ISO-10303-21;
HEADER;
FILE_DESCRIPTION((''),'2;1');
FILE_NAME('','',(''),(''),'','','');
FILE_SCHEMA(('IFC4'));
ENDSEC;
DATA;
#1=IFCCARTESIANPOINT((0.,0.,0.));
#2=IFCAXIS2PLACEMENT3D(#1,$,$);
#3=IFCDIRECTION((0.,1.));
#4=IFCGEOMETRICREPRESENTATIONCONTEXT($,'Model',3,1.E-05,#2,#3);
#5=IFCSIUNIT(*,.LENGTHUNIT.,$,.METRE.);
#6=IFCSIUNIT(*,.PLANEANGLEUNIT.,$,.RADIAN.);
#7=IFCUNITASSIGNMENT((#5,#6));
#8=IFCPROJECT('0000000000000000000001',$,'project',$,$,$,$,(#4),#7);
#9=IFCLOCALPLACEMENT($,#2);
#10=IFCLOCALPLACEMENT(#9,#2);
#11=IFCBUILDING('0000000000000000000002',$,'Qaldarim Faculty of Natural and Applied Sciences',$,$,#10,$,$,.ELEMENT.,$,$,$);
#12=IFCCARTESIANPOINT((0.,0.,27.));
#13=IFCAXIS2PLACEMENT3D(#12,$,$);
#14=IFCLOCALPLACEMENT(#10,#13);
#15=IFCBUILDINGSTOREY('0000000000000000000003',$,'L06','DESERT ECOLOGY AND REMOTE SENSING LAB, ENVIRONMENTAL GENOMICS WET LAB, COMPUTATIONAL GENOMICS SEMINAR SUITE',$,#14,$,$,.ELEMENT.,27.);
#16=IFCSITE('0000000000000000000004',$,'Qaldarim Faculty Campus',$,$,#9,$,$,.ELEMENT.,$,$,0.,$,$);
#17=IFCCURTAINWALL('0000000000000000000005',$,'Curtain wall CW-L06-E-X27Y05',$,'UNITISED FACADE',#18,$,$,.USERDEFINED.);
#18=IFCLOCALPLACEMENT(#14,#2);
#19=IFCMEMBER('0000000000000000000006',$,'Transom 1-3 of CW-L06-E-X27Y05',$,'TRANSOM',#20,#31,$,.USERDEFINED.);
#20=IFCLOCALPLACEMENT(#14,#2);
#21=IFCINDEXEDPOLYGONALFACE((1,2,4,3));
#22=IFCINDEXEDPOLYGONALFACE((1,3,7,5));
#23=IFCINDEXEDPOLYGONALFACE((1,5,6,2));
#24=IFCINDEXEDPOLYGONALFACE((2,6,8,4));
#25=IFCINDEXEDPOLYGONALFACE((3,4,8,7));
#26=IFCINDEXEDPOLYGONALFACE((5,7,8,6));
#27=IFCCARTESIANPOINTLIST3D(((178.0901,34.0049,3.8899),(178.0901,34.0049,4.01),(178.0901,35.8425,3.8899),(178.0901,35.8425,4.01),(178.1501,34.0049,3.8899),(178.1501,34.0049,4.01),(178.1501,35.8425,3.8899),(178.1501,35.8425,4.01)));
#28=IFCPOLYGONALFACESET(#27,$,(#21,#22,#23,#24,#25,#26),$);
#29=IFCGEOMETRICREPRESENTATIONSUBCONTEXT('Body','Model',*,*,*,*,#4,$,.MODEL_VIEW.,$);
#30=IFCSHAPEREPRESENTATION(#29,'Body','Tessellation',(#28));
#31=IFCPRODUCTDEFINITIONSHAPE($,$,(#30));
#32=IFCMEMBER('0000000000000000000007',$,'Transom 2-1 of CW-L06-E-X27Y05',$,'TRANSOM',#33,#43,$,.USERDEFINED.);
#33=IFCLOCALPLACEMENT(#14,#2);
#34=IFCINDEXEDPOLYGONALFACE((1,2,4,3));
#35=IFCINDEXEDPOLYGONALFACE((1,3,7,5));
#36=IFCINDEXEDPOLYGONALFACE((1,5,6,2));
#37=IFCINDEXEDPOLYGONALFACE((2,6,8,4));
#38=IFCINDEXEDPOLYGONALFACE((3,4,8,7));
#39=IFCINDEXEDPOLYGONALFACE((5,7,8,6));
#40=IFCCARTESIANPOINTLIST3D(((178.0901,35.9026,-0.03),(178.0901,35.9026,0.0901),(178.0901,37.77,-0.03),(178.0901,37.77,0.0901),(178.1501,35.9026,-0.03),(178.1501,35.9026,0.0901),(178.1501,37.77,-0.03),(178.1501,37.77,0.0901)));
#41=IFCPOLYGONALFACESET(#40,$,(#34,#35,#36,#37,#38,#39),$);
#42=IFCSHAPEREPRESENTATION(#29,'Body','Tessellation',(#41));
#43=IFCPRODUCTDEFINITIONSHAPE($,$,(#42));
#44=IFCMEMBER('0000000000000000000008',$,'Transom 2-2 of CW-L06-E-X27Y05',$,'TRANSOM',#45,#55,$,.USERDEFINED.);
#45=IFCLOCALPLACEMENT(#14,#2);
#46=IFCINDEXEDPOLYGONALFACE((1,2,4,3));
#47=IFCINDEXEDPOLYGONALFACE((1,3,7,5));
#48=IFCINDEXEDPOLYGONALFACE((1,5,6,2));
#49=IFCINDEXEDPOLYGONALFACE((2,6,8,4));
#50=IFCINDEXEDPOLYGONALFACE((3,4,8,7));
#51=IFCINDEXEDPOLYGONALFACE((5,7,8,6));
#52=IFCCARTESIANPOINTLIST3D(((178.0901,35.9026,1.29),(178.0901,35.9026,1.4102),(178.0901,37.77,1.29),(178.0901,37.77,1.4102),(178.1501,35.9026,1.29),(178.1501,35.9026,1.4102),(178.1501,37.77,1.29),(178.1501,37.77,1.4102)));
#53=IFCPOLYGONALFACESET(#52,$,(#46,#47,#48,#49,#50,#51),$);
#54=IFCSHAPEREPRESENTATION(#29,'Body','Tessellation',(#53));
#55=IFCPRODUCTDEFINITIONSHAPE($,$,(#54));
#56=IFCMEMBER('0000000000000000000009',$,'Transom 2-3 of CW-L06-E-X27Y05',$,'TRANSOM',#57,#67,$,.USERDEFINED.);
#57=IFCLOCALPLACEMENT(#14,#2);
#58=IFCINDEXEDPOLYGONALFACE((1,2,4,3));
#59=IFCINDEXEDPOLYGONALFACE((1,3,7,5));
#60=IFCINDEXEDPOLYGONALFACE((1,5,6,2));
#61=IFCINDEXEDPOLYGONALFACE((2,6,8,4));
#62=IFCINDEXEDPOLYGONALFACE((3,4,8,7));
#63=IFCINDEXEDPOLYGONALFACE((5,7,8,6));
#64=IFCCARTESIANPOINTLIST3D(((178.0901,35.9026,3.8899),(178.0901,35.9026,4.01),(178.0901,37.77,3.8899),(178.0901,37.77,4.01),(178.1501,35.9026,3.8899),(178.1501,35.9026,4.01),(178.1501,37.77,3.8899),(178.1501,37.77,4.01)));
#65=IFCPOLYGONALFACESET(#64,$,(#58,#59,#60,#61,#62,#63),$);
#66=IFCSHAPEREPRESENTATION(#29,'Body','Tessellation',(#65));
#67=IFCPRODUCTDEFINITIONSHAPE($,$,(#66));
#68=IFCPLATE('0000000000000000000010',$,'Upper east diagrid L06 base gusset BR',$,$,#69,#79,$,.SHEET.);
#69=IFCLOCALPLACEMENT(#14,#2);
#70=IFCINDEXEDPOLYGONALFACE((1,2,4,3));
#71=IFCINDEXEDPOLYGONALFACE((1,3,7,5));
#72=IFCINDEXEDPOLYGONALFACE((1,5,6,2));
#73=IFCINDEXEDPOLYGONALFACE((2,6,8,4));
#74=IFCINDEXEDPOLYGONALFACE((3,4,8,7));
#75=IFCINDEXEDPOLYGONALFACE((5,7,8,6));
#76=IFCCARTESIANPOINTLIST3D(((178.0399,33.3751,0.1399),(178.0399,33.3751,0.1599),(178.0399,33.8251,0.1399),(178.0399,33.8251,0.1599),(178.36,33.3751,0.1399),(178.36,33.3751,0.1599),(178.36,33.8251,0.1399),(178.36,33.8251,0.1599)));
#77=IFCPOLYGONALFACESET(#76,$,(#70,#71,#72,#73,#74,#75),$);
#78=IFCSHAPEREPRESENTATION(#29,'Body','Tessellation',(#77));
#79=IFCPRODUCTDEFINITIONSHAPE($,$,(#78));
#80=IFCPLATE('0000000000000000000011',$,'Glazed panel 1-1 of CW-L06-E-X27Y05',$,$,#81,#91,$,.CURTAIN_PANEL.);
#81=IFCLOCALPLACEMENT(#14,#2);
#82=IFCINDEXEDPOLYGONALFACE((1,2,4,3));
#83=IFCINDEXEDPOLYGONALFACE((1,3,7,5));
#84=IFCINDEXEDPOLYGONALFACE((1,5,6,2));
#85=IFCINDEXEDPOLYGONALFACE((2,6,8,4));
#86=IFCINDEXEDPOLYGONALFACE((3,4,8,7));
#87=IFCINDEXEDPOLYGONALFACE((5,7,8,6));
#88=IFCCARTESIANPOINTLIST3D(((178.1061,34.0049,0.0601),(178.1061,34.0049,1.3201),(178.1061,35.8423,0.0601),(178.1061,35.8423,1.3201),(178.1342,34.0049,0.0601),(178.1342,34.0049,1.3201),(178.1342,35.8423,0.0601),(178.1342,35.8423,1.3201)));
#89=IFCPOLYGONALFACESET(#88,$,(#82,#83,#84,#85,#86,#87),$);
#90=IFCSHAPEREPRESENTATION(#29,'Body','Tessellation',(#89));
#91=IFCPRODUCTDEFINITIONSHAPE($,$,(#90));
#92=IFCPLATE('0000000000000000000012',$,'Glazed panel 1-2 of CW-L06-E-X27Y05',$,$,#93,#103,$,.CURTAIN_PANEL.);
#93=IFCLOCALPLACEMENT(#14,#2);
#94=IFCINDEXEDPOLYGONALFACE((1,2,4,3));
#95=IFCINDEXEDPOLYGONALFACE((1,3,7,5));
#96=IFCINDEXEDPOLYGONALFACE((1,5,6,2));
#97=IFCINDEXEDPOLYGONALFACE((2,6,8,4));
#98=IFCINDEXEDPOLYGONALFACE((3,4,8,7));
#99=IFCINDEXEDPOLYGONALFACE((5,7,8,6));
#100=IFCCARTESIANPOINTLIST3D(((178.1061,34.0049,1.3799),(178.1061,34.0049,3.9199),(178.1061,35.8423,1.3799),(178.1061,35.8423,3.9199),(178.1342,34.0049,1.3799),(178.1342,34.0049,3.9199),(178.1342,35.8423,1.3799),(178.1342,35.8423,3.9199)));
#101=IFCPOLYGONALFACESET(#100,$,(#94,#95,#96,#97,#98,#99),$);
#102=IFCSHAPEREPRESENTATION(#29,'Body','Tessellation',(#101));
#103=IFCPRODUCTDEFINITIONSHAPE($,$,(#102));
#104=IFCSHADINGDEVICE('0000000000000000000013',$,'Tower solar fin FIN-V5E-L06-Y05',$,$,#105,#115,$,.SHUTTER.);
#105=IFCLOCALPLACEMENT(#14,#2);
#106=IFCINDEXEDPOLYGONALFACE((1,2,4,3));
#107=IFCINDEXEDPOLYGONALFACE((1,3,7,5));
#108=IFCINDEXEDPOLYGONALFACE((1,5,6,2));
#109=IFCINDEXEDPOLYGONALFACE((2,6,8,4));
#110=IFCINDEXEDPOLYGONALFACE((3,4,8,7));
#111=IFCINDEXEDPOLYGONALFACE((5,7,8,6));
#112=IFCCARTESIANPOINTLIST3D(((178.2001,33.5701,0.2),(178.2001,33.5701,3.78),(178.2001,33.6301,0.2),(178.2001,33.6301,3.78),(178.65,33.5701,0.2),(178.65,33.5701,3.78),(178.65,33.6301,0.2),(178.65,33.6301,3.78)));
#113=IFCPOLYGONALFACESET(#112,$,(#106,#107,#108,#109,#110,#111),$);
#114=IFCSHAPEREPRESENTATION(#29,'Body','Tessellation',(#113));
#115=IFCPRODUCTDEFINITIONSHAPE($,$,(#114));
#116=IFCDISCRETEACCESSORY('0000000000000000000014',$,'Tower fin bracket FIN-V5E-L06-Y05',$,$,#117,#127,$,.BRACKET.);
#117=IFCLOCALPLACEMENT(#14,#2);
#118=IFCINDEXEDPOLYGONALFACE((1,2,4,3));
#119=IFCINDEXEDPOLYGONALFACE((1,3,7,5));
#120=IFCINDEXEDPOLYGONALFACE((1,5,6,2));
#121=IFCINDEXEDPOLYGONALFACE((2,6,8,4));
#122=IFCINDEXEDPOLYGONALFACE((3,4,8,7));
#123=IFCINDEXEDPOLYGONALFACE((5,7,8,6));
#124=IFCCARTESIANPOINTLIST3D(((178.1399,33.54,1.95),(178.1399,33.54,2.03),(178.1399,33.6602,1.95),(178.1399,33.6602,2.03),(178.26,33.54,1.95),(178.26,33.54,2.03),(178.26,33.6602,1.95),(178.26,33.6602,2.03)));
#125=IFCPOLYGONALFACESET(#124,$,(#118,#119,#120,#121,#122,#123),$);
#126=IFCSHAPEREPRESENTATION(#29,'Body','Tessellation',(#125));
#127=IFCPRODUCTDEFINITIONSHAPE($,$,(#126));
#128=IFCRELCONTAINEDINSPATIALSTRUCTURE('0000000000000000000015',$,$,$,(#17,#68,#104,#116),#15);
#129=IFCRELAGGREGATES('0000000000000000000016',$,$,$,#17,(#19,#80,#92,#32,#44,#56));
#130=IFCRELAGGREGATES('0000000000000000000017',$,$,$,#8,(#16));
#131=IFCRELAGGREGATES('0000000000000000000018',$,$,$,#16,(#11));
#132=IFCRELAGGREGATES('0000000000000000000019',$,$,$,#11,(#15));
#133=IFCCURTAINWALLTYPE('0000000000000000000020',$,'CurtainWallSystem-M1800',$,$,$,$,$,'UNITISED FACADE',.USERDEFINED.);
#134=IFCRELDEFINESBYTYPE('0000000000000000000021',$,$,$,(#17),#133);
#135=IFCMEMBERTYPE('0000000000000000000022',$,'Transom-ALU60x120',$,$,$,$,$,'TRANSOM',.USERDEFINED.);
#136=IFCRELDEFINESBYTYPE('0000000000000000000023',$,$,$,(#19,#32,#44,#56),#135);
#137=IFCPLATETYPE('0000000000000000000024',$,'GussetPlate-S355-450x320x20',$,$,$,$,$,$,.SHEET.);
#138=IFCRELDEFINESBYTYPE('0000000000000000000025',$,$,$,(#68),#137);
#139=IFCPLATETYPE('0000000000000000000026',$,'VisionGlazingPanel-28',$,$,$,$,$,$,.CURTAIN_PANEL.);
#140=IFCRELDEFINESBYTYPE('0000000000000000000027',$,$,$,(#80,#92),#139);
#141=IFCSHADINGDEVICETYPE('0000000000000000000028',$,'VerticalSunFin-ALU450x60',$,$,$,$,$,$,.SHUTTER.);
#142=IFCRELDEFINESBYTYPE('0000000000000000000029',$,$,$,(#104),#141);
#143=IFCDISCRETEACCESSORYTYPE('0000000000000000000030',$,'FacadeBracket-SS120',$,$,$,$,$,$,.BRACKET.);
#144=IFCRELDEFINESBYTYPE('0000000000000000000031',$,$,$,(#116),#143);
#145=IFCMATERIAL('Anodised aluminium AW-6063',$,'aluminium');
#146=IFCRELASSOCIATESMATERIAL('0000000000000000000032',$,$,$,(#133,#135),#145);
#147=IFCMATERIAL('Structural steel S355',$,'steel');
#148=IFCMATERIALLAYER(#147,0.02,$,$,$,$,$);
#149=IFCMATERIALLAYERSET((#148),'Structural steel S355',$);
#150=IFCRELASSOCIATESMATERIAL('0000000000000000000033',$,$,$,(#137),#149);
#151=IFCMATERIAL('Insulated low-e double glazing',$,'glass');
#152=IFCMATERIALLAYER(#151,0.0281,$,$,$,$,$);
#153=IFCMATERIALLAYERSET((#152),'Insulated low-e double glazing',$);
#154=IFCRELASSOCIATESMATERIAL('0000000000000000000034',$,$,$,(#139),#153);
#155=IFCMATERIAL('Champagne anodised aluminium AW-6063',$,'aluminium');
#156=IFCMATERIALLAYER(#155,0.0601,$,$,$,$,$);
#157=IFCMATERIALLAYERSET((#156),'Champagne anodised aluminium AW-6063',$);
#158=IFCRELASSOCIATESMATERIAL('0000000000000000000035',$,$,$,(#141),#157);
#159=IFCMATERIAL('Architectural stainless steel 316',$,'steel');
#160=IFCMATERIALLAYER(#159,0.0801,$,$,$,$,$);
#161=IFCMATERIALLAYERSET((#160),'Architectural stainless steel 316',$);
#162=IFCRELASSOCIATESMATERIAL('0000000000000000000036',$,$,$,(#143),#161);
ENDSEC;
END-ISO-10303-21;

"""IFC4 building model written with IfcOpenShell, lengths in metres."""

from ifc_helpers import new_model, si_unit, direction, frame, origin, origin_2d, place, context, subcontext, project, spatial, rectangle, extrude, material, layer, layer_set, material_profile, profile_set, type_object, element, aggregate, save


model = new_model("IFC4")

# Units and contexts
model_context = context("Model", 3, precision=1e-05, world=origin(), true_north=direction((0.0, 1.0)))
body_context = subcontext(model_context, "Body", "Model", "MODEL_VIEW")
ifc_project = project(units=[si_unit("LENGTHUNIT", "METRE"), si_unit("PLANEANGLEUNIT", "RADIAN")], contexts=[model_context])

# Site, building, storey
site_placement = place(None, origin())
site = spatial("IfcSite", under=ifc_project, at=site_placement, Name="Qaldarim Faculty Campus", CompositionType="ELEMENT", RefElevation=0.0)
building_placement = place(site_placement, origin())
building = spatial("IfcBuilding", under=site, at=building_placement, Name="Qaldarim Faculty of Natural and Applied Sciences", CompositionType="ELEMENT")
storey_placement = place(building_placement, frame((0.0, 0.0, 27.0)))
storey = spatial("IfcBuildingStorey", under=building, at=storey_placement, Name="L06", Description="DESERT ECOLOGY AND REMOTE SENSING LAB, ENVIRONMENTAL GENOMICS WET LAB, COMPUTATIONAL GENOMICS SEMINAR SUITE", CompositionType="ELEMENT", Elevation=27.0)

# Curtain wall
ifc_material_1 = material(Name="Anodised aluminium AW-6063", Category="aluminium")
curtain_wall_type = type_object("IfcCurtainWallType", Name="CurtainWallSystem-M1800", ElementType="UNITISED FACADE", PredefinedType="USERDEFINED", material=ifc_material_1)
curtain_wall_placement = place(storey_placement, origin())
curtain_wall = element("IfcCurtainWall", 1, at=curtain_wall_placement, inside=storey, type_object=curtain_wall_type, Name="Curtain wall CW-L06-E-X27Y05", ObjectType="UNITISED FACADE", PredefinedType="USERDEFINED")

# Shared definitions
ifc_material_2 = material(Name="Structural steel S355", Category="steel")

# Members
ifc_material_profile_1 = material_profile(ifc_material_1, rectangle(XDim=0.0601, YDim=0.1201, at=origin_2d()), Name="ALU-T60x120")
ifc_profile_set_1 = profile_set([ifc_material_profile_1], Name="Anodised aluminium AW-6063")
member_type_1 = type_object("IfcMemberType", Name="Transom-ALU60x120", ElementType="TRANSOM", PredefinedType="USERDEFINED", material=ifc_profile_set_1)
member_1_placement = place(storey_placement, frame((178.1201, 34.0049, 3.95), z_axis=(0.0, 1.0, 0.0), x_axis=(-1.0, 0.0, 0.0)))
member_1 = element("IfcMember", 2, at=member_1_placement, type_object=member_type_1, Name="Transom 1-3 of CW-L06-E-X27Y05", ObjectType="TRANSOM", PredefinedType="USERDEFINED", context=body_context, shape_type="SweptSolid", body=[
    extrude(rectangle(XDim=0.0601, YDim=0.1201, at=origin_2d()), origin(), (0.0, 0.0, 1.0), 1.8376),
])
member_2_placement = place(storey_placement, frame((178.1201, 35.9026, 0.03), z_axis=(0.0, 1.0, 0.0), x_axis=(-1.0, 0.0, 0.0)))
member_2 = element("IfcMember", 3, at=member_2_placement, type_object=member_type_1, Name="Transom 2-1 of CW-L06-E-X27Y05", ObjectType="TRANSOM", PredefinedType="USERDEFINED", context=body_context, shape_type="SweptSolid", body=[
    extrude(rectangle(XDim=0.0601, YDim=0.1201, at=origin_2d()), origin(), (0.0, 0.0, 1.0), 1.8674),
])
member_3_placement = place(storey_placement, frame((178.1201, 35.9026, 1.3501), z_axis=(0.0, 1.0, 0.0), x_axis=(-1.0, 0.0, 0.0)))
member_3 = element("IfcMember", 4, at=member_3_placement, type_object=member_type_1, Name="Transom 2-2 of CW-L06-E-X27Y05", ObjectType="TRANSOM", PredefinedType="USERDEFINED", context=body_context, shape_type="SweptSolid", body=[
    extrude(rectangle(XDim=0.0601, YDim=0.1201, at=origin_2d()), origin(), (0.0, 0.0, 1.0), 1.8674),
])
member_4_placement = place(storey_placement, frame((178.1201, 35.9026, 3.95), z_axis=(0.0, 1.0, 0.0), x_axis=(-1.0, 0.0, 0.0)))
member_4 = element("IfcMember", 5, at=member_4_placement, type_object=member_type_1, Name="Transom 2-3 of CW-L06-E-X27Y05", ObjectType="TRANSOM", PredefinedType="USERDEFINED", context=body_context, shape_type="SweptSolid", body=[
    extrude(rectangle(XDim=0.0601, YDim=0.1201, at=origin_2d()), origin(), (0.0, 0.0, 1.0), 1.8674),
])

# Plates
ifc_layer_1 = layer(ifc_material_2, 0.02)
ifc_layer_set_1 = layer_set([ifc_layer_1], Name="Structural steel S355")
plate_type_1 = type_object("IfcPlateType", Name="GussetPlate-S355-450x320x20", PredefinedType="SHEET", material=ifc_layer_set_1)
plate_1_placement = place(storey_placement, frame((178.2, 33.6001, 0.1399), z_axis=(0.0, 0.0, 1.0), x_axis=(0.0, 1.0, 0.0)))
element("IfcPlate", 6, at=plate_1_placement, inside=storey, type_object=plate_type_1, Name="Upper east diagrid L06 base gusset BR", PredefinedType="SHEET", context=body_context, shape_type="SweptSolid", body=[
    extrude(rectangle(XDim=0.45, YDim=0.3201, at=origin_2d()), origin(), (0.0, 0.0, 1.0), 0.02),
])
ifc_material_3 = material(Name="Insulated low-e double glazing", Category="glass")
ifc_layer_2 = layer(ifc_material_3, 0.0281)
ifc_layer_set_2 = layer_set([ifc_layer_2], Name="Insulated low-e double glazing")
plate_type_2 = type_object("IfcPlateType", Name="VisionGlazingPanel-28", PredefinedType="CURTAIN_PANEL", material=ifc_layer_set_2)
plate_2_placement = place(storey_placement, frame((178.1201, 34.9236, 0.0601), z_axis=(0.0, 0.0, 1.0), x_axis=(0.0, 1.0, 0.0)))
plate_2 = element("IfcPlate", 7, at=plate_2_placement, type_object=plate_type_2, Name="Glazed panel 1-1 of CW-L06-E-X27Y05", PredefinedType="CURTAIN_PANEL", context=body_context, shape_type="SweptSolid", body=[
    extrude(rectangle(XDim=1.8374, YDim=0.0281, at=origin_2d()), origin(), (0.0, 0.0, 1.0), 1.26),
])
plate_3_placement = place(storey_placement, frame((178.1201, 34.9236, 1.3799), z_axis=(0.0, 0.0, 1.0), x_axis=(0.0, 1.0, 0.0)))
plate_3 = element("IfcPlate", 8, at=plate_3_placement, type_object=plate_type_2, Name="Glazed panel 1-2 of CW-L06-E-X27Y05", PredefinedType="CURTAIN_PANEL", context=body_context, shape_type="SweptSolid", body=[
    extrude(rectangle(XDim=1.8374, YDim=0.0281, at=origin_2d()), origin(), (0.0, 0.0, 1.0), 2.54),
])
aggregate(curtain_wall, [member_1, plate_2, plate_3, member_2, member_3, member_4])

# Shading device
ifc_material_4 = material(Name="Champagne anodised aluminium AW-6063", Category="aluminium")
ifc_layer_3 = layer(ifc_material_4, 0.0601)
ifc_layer_set_3 = layer_set([ifc_layer_3], Name="Champagne anodised aluminium AW-6063")
shading_device_type = type_object("IfcShadingDeviceType", Name="VerticalSunFin-ALU450x60", PredefinedType="SHUTTER", material=ifc_layer_set_3)
shading_device_placement = place(storey_placement, frame((178.425, 33.6001, 0.2), z_axis=(0.0, 0.0, 1.0), x_axis=(1.0, 0.0, 0.0)))
element("IfcShadingDevice", 9, at=shading_device_placement, inside=storey, type_object=shading_device_type, Name="Tower solar fin FIN-V5E-L06-Y05", PredefinedType="SHUTTER", context=body_context, shape_type="SweptSolid", body=[
    extrude(rectangle(XDim=0.45, YDim=0.0601, at=origin_2d()), origin(), (0.0, 0.0, 1.0), 3.5801),
])

# Discrete accessory
ifc_material_5 = material(Name="Architectural stainless steel 316", Category="steel")
ifc_layer_4 = layer(ifc_material_5, 0.0801)
ifc_layer_set_4 = layer_set([ifc_layer_4], Name="Architectural stainless steel 316")
discrete_accessory_type = type_object("IfcDiscreteAccessoryType", Name="FacadeBracket-SS120", PredefinedType="BRACKET", material=ifc_layer_set_4)
discrete_accessory_placement = place(storey_placement, frame((178.2, 33.6001, 1.95), z_axis=(0.0, 0.0, 1.0), x_axis=(1.0, 0.0, 0.0)))
element("IfcDiscreteAccessory", 10, at=discrete_accessory_placement, inside=storey, type_object=discrete_accessory_type, Name="Tower fin bracket FIN-V5E-L06-Y05", PredefinedType="BRACKET", context=body_context, shape_type="SweptSolid", body=[
    extrude(rectangle(XDim=0.1201, YDim=0.1201, at=origin_2d()), origin(), (0.0, 0.0, 1.0), 0.0801),
])

save(model, "model.ifc")
